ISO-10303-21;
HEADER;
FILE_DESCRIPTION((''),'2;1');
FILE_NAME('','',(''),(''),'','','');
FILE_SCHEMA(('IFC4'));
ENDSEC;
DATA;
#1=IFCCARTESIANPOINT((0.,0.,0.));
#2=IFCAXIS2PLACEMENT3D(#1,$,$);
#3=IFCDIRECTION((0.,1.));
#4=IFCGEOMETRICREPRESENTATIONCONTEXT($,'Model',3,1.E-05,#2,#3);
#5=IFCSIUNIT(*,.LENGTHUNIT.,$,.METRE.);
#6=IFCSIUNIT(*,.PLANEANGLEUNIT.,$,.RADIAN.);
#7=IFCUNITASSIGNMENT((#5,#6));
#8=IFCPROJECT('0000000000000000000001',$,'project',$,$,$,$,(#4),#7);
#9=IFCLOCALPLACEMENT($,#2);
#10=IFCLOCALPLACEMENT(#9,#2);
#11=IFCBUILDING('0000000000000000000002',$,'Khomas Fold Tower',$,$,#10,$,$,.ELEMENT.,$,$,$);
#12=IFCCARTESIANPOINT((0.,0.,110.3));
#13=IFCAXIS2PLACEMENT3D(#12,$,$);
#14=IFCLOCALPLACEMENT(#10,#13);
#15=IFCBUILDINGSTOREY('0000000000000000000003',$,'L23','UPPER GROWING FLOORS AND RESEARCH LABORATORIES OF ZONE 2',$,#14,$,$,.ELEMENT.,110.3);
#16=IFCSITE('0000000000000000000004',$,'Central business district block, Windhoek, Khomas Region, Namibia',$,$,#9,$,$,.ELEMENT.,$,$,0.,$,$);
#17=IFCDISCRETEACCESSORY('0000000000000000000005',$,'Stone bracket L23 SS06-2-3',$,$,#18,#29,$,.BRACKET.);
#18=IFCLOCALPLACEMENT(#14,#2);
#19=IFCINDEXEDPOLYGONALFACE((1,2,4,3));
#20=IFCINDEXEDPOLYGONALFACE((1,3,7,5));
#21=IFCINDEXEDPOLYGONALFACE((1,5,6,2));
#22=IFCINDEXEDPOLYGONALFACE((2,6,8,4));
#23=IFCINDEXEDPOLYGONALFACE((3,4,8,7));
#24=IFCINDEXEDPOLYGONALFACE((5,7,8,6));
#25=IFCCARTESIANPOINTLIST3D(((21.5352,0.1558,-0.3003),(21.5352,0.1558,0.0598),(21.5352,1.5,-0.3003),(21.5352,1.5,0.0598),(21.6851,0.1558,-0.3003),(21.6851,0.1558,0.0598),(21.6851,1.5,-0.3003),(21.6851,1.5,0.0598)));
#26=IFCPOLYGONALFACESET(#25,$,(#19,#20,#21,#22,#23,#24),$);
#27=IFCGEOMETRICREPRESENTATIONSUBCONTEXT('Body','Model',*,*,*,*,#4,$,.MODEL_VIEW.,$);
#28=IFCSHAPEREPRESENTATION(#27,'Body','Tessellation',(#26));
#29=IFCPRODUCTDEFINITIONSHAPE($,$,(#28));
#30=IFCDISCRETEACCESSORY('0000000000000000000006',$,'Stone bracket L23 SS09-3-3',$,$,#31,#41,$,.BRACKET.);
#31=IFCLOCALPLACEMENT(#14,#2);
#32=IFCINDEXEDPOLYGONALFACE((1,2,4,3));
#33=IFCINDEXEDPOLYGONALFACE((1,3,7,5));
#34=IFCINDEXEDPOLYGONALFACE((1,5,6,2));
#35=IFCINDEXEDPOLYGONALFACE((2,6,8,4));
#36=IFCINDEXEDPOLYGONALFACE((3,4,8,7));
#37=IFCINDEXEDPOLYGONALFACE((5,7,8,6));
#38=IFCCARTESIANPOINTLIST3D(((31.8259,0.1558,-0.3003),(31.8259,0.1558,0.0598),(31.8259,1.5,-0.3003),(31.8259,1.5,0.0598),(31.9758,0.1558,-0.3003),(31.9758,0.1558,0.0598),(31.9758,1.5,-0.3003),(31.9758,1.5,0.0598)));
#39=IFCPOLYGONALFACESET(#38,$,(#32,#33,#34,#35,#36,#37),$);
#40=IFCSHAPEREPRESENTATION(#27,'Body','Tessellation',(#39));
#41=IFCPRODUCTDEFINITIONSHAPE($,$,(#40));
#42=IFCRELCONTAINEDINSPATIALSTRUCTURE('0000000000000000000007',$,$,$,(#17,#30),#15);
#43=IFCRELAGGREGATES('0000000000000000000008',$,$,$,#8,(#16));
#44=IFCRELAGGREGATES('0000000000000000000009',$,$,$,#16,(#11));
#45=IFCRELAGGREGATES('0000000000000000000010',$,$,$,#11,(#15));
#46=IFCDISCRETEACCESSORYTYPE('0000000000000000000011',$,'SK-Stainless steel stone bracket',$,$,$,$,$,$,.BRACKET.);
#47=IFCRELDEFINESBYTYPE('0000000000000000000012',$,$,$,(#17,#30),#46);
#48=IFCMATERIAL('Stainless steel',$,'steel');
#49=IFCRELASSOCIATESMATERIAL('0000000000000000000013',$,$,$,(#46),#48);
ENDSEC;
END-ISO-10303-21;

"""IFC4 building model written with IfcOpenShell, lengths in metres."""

from ifc_helpers import new_model, si_unit, direction, frame, origin, origin_2d, place, context, subcontext, project, spatial, rectangle, extrude, source, transform, mapped, material, type_object, element, save


model = new_model("IFC4")

# Units and contexts
model_context = context("Model", 3, precision=1e-05, world=origin(), true_north=direction((0.0, 1.0)))
body_context = subcontext(model_context, "Body", "Model", "MODEL_VIEW")
ifc_project = project(units=[si_unit("LENGTHUNIT", "METRE"), si_unit("PLANEANGLEUNIT", "RADIAN")], contexts=[model_context])

# Site, building, storey
site_placement = place(None, origin())
site = spatial("IfcSite", under=ifc_project, at=site_placement, Name="Central business district block, Windhoek, Khomas Region, Namibia", CompositionType="ELEMENT", RefElevation=0.0)
building_placement = place(site_placement, origin())
building = spatial("IfcBuilding", under=site, at=building_placement, Name="Khomas Fold Tower", CompositionType="ELEMENT")
storey_placement = place(building_placement, frame((0.0, 0.0, 110.3)))
storey = spatial("IfcBuildingStorey", under=building, at=storey_placement, Name="L23", Description="UPPER GROWING FLOORS AND RESEARCH LABORATORIES OF ZONE 2", CompositionType="ELEMENT", Elevation=110.3)

# Discrete accessories
ifc_material_1 = material(Name="Stainless steel", Category="steel")
discrete_accessory_type = type_object("IfcDiscreteAccessoryType", Name="SK-Stainless steel stone bracket", PredefinedType="BRACKET", material=ifc_material_1)
shared_shape_1 = source(origin(), body_context, "Body", "SweptSolid", [
    extrude(rectangle(XDim=1.3442, YDim=0.1499, at=origin_2d()), origin(), (0.0, 0.0, 1.0), 0.3601),
])
for number, where, z_axis, x_axis, name in (
    (1, (21.6101, 0.8279, -0.3003), (0.0, 0.0, 1.0), (0.0, -1.0, 0.0), "Stone bracket L23 SS06-2-3"),
    (2, (31.9009, 0.8279, -0.3003), (0.0, 0.0, 1.0), (0.0, -1.0, 0.0), "Stone bracket L23 SS09-3-3"),
):
    element("IfcDiscreteAccessory", number, at=place(storey_placement, frame(where, z_axis=z_axis, x_axis=x_axis)), inside=storey, type_object=discrete_accessory_type, Name=name, PredefinedType="BRACKET", context=body_context, shape_type="MappedRepresentation", body=[
        mapped(shared_shape_1, transform((0.0, 0.0, 0.0))),
    ])

save(model, "model.ifc")
